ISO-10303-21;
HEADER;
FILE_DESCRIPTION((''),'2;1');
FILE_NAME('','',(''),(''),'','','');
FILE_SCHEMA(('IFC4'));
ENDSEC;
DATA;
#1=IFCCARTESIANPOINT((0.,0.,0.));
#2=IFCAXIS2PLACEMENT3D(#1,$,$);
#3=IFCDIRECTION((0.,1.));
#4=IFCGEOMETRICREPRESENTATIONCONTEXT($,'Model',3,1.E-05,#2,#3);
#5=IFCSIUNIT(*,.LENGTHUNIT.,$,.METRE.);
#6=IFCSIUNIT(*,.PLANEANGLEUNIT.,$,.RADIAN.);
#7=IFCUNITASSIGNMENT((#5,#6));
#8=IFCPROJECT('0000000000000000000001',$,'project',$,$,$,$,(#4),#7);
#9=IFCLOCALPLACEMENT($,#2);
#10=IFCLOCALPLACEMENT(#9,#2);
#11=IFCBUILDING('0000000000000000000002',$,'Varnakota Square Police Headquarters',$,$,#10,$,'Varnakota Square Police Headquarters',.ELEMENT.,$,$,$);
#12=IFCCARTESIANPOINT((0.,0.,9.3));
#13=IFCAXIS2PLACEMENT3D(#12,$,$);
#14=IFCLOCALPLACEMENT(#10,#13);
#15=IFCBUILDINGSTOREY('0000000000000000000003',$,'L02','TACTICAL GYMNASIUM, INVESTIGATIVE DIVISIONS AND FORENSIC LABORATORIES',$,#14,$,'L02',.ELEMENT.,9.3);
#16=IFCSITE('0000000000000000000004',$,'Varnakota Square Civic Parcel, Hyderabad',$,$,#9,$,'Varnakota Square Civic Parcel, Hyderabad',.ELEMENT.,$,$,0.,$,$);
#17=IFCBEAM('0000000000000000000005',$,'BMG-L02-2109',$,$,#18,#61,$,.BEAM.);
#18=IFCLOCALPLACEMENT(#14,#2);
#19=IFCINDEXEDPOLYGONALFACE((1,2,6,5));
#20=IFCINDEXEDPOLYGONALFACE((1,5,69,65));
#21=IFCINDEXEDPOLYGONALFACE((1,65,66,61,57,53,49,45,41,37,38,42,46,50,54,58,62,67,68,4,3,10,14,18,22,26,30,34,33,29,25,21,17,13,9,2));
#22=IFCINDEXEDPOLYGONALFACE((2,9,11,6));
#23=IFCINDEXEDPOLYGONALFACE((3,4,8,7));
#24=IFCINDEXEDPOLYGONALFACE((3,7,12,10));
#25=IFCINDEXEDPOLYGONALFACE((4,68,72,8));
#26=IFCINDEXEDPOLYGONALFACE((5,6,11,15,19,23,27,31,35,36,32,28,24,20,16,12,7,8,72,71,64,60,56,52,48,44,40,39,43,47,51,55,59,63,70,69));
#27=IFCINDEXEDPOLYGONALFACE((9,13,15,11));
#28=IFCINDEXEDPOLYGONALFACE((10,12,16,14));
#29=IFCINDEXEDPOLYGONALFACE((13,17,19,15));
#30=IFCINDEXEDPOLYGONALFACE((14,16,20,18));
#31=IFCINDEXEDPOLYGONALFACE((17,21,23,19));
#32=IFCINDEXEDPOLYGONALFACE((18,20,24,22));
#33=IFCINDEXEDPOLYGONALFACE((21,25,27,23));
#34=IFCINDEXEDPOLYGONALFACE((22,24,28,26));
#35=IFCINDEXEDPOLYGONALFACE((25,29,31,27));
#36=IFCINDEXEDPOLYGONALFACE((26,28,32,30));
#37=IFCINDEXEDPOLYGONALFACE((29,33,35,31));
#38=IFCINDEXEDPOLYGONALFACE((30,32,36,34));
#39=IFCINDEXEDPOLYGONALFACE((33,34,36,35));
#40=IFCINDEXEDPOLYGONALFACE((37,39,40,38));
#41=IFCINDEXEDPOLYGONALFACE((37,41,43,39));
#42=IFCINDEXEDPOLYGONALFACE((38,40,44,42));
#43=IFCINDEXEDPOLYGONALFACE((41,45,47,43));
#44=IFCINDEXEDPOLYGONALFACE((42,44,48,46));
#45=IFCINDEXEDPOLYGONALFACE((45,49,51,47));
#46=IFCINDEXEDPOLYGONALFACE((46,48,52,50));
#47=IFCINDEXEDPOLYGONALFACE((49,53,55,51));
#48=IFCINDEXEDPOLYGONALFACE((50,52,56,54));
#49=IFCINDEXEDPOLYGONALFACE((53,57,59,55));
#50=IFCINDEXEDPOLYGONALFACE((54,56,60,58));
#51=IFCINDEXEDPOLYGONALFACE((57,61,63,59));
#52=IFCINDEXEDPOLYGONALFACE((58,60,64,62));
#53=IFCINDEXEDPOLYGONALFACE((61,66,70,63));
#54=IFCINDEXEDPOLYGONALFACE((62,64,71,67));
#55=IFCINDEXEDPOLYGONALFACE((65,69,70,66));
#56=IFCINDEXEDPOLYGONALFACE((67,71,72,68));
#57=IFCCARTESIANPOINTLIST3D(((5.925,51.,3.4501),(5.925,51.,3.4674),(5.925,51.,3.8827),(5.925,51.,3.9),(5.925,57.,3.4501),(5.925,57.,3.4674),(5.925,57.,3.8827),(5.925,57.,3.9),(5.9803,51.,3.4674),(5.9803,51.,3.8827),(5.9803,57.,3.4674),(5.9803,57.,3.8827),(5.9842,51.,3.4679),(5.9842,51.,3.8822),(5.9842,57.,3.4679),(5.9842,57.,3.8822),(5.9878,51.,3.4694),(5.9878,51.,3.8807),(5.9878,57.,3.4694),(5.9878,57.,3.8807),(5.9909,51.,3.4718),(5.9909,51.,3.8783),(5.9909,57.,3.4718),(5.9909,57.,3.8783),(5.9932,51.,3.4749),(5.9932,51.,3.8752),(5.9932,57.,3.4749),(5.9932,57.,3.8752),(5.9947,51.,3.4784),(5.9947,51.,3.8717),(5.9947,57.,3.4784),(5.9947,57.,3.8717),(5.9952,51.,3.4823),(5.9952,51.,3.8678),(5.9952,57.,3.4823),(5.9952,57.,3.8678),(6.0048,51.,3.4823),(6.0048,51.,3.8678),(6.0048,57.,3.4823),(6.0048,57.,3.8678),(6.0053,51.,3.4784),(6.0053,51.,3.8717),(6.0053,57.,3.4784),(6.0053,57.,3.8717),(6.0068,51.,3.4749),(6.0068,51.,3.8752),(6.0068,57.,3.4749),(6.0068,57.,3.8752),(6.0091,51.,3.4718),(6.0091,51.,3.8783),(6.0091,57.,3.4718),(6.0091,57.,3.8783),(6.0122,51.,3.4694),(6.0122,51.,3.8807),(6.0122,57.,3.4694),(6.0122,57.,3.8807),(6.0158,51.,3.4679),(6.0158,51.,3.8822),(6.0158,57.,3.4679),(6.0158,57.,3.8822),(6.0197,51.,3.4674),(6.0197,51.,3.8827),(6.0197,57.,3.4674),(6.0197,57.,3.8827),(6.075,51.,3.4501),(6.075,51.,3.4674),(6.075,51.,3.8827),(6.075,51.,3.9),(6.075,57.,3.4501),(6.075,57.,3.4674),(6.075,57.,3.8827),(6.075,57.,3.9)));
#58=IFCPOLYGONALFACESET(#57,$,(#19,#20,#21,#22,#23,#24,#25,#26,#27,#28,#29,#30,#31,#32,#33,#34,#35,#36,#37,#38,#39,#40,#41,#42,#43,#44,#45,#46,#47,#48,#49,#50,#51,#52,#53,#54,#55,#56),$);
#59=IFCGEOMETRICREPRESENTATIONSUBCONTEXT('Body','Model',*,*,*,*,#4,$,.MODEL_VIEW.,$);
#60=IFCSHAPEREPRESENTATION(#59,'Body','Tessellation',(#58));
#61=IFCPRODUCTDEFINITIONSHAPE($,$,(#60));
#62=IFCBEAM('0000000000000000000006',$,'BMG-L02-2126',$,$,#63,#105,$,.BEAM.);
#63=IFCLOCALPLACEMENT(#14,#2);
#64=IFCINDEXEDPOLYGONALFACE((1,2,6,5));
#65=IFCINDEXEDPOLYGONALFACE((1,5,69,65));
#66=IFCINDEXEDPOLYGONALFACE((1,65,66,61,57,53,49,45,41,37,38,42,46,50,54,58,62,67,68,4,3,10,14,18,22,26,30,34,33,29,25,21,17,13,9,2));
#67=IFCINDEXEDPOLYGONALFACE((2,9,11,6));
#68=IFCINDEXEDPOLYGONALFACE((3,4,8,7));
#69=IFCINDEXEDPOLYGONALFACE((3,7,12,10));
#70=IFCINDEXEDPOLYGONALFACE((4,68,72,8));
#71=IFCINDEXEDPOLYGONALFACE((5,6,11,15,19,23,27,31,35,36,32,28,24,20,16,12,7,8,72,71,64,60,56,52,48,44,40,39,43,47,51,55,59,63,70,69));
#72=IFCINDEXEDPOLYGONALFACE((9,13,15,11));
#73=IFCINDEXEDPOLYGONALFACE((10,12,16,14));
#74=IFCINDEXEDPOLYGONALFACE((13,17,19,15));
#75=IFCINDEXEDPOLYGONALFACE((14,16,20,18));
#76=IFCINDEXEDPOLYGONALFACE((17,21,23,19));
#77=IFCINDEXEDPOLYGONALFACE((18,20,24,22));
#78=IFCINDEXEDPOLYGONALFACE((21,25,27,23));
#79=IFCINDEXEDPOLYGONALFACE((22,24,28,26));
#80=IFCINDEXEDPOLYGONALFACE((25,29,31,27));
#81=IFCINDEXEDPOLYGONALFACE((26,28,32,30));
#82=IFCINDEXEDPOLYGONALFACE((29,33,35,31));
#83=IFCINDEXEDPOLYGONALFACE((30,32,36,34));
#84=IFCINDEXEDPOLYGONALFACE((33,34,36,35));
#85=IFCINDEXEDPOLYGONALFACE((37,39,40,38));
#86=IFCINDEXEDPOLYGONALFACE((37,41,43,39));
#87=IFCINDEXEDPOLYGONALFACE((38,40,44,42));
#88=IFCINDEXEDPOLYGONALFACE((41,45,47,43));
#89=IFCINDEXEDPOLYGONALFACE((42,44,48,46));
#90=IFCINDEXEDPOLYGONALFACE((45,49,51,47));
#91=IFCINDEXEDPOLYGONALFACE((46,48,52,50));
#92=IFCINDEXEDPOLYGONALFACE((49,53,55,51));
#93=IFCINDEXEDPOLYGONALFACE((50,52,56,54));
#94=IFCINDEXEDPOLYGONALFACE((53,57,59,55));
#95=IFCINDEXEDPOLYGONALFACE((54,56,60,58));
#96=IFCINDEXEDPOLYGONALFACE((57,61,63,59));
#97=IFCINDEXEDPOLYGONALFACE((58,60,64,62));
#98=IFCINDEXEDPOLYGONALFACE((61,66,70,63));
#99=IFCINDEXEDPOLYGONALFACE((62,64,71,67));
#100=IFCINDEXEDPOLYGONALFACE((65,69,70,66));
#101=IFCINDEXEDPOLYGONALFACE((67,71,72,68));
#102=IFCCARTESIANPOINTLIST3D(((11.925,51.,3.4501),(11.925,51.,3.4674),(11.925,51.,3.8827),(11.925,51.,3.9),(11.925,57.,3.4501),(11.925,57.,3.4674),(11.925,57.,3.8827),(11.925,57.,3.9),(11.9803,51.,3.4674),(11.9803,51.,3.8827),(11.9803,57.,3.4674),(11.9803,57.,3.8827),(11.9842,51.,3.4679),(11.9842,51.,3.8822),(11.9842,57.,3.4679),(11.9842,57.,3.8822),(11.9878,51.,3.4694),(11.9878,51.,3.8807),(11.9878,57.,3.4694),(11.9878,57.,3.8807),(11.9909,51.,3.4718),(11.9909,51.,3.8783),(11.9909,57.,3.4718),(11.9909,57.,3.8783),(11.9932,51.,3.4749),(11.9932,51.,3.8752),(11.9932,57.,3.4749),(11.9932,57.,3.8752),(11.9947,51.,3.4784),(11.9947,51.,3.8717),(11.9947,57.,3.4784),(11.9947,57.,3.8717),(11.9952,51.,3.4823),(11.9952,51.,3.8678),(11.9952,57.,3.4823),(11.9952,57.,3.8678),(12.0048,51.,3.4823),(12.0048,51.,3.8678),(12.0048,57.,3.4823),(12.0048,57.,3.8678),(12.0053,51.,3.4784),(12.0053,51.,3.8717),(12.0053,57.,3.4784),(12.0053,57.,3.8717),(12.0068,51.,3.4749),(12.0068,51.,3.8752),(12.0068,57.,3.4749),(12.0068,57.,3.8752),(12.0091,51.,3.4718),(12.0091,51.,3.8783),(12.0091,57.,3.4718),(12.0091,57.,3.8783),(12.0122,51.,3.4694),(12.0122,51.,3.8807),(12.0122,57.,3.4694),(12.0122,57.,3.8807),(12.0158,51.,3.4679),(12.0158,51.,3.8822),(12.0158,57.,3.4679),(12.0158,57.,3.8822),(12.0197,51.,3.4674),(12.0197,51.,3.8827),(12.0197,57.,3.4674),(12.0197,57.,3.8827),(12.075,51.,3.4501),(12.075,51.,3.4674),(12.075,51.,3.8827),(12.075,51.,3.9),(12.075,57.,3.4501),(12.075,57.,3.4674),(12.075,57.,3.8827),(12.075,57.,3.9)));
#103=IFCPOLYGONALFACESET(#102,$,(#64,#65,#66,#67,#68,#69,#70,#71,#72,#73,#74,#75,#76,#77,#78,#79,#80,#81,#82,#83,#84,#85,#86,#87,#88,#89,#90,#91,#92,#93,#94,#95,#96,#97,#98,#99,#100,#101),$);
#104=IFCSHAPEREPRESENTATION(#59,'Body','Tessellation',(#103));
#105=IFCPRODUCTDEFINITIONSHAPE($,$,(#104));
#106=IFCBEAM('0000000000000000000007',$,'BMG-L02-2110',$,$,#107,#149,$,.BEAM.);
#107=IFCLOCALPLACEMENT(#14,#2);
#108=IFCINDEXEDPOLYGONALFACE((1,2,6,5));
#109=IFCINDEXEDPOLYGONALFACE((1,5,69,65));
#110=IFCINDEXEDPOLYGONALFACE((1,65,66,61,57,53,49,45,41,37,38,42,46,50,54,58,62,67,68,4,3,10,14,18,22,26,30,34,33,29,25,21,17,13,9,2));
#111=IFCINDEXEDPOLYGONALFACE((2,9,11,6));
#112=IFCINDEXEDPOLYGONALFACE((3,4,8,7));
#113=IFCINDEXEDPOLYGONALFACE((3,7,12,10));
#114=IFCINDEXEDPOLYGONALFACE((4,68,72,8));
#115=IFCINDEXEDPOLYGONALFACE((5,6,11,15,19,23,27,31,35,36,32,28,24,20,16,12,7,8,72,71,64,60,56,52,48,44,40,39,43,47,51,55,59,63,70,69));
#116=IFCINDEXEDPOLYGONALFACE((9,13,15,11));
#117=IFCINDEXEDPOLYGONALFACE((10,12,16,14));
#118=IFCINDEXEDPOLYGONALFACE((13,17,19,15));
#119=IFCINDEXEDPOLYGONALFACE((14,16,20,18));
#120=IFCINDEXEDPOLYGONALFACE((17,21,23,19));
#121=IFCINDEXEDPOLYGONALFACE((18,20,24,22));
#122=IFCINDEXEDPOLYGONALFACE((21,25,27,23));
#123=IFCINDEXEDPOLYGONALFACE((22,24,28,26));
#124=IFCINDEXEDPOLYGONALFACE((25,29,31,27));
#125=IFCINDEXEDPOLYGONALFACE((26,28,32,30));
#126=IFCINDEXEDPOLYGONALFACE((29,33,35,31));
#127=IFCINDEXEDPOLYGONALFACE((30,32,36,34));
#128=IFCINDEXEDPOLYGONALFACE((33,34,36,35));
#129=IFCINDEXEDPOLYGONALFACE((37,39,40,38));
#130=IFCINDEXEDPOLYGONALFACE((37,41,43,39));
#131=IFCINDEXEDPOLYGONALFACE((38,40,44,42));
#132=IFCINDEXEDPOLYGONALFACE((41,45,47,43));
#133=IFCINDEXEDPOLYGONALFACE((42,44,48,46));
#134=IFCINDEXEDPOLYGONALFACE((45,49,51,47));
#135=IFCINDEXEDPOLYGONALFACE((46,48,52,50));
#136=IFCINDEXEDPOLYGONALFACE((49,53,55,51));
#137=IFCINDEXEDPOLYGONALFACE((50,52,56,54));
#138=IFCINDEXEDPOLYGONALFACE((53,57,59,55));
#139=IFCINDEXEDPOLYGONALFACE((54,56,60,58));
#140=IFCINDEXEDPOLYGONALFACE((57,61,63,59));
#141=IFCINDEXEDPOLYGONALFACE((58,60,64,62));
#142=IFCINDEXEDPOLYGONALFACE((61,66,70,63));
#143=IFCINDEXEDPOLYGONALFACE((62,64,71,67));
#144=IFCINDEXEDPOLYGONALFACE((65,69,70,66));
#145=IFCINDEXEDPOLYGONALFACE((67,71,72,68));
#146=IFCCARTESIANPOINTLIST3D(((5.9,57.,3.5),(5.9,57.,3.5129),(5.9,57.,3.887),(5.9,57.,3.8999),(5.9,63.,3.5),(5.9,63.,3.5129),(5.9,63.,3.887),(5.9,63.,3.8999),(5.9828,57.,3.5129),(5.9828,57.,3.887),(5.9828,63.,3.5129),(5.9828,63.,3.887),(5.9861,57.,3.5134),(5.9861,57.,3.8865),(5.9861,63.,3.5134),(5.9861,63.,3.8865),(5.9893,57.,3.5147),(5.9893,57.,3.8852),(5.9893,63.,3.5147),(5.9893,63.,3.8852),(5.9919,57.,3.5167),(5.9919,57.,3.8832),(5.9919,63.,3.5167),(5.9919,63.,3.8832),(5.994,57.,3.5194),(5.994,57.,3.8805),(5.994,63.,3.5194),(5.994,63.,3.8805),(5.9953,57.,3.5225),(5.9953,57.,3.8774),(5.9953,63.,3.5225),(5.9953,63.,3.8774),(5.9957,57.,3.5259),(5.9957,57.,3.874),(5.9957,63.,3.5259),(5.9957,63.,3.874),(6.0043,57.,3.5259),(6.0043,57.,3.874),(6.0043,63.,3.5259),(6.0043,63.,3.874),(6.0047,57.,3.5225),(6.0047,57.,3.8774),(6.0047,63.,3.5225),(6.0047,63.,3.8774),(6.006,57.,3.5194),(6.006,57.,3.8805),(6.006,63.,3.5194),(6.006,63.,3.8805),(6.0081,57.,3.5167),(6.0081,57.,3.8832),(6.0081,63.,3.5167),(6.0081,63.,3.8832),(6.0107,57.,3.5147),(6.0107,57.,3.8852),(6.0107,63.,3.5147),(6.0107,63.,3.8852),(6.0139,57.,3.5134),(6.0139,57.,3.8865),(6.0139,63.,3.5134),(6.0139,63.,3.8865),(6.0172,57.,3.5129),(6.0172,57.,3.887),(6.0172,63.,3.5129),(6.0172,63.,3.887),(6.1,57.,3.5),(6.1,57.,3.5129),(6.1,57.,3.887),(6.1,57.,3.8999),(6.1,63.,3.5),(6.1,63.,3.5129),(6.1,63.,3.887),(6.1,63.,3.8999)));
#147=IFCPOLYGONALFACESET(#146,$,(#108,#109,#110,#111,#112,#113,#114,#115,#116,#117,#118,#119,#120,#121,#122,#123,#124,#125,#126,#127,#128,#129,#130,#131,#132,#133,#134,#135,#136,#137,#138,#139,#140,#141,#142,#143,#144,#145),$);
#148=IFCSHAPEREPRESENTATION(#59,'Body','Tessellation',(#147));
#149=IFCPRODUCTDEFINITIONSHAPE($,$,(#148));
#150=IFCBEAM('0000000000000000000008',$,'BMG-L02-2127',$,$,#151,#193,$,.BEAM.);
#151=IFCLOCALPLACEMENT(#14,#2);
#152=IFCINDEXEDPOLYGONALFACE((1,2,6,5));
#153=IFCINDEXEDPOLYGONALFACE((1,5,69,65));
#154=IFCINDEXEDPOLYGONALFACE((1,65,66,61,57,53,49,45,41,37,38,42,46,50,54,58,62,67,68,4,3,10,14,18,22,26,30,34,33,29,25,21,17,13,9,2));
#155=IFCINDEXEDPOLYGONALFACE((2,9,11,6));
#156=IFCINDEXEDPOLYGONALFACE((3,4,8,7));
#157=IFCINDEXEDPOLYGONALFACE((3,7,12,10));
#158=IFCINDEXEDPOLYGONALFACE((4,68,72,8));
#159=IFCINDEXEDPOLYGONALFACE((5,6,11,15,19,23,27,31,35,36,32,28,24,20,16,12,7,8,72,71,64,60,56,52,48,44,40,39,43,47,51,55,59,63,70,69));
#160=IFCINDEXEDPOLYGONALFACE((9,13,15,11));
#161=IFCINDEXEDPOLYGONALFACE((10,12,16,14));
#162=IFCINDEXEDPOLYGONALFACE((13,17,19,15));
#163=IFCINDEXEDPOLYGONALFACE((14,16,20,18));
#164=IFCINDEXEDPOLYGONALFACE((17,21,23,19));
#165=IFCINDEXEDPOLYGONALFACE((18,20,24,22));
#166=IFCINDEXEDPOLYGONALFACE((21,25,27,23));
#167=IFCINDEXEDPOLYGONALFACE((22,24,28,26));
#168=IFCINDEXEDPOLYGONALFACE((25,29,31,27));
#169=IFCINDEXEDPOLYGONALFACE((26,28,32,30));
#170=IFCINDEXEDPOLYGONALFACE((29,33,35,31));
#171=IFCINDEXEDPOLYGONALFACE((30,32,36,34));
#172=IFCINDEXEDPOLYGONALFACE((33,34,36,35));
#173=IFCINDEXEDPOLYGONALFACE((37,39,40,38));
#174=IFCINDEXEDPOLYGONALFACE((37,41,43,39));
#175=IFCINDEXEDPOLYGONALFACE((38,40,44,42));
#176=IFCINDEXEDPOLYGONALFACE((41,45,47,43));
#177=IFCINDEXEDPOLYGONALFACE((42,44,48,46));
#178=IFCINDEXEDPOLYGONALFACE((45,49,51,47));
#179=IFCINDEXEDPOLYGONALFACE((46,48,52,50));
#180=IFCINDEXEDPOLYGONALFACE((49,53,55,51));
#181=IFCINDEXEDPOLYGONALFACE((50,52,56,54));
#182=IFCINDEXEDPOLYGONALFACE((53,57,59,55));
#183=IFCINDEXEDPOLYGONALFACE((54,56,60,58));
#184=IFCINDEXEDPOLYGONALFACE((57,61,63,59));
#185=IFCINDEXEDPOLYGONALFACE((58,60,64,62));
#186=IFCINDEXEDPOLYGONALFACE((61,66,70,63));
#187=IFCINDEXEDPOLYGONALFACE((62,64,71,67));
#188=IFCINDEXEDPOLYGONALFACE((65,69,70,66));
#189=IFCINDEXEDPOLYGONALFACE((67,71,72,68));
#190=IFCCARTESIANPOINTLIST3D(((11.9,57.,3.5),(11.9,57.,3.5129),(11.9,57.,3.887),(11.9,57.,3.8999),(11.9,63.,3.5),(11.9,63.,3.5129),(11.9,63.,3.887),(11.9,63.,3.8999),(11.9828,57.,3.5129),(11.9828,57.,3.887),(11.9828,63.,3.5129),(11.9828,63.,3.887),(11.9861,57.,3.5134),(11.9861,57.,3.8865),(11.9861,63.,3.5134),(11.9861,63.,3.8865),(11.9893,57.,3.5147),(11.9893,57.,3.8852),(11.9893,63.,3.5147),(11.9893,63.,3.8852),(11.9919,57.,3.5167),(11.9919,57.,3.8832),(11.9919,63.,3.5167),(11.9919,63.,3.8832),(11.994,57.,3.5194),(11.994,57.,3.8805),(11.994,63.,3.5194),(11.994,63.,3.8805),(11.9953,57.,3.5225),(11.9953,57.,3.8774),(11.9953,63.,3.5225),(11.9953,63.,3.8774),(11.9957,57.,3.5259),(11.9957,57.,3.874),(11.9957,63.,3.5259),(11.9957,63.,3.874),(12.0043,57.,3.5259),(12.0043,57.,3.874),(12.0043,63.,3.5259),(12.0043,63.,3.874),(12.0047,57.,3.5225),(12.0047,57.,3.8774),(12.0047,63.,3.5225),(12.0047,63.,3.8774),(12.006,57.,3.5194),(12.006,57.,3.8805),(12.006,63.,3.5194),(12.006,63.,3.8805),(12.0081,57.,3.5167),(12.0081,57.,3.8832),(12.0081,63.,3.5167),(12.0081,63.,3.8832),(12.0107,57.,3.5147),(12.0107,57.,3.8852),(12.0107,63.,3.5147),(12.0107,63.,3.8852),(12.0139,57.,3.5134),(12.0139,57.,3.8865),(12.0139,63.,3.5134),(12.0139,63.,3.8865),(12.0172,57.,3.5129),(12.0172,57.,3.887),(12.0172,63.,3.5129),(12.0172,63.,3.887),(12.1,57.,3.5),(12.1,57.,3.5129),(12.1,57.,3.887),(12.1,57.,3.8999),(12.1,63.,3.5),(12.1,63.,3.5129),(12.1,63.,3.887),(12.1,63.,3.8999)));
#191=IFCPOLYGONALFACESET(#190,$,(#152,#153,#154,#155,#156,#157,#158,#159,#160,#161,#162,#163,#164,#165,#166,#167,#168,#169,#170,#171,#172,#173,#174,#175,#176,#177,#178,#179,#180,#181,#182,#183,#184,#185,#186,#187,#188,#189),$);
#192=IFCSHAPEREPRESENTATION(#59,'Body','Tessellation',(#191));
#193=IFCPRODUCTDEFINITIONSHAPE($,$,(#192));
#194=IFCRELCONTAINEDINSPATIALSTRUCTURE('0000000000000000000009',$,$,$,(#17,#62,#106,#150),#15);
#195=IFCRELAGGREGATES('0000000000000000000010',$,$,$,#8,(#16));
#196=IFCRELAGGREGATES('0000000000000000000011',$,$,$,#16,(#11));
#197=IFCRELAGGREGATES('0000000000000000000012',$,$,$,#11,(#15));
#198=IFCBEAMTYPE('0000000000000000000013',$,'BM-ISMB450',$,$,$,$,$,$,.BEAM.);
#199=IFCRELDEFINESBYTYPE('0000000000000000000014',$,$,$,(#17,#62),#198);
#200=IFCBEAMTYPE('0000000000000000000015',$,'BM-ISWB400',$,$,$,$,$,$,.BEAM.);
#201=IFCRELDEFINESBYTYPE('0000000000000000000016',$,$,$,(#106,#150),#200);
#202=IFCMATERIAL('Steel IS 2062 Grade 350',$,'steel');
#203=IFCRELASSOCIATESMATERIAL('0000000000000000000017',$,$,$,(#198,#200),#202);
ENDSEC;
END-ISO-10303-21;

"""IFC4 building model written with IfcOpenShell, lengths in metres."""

from ifc_helpers import new_model, si_unit, direction, frame, origin, origin_2d, place, context, subcontext, project, spatial, i_section, extrude, material, material_profile, profile_set, type_object, element, save


model = new_model("IFC4")

# Units and contexts
model_context = context("Model", 3, precision=1e-05, world=origin(), true_north=direction((0.0, 1.0)))
body_context = subcontext(model_context, "Body", "Model", "MODEL_VIEW")
ifc_project = project(units=[si_unit("LENGTHUNIT", "METRE"), si_unit("PLANEANGLEUNIT", "RADIAN")], contexts=[model_context])

# Site, building, storey
site_placement = place(None, origin())
site = spatial("IfcSite", under=ifc_project, at=site_placement, Name="Varnakota Square Civic Parcel, Hyderabad", LongName="Varnakota Square Civic Parcel, Hyderabad", CompositionType="ELEMENT", RefElevation=0.0)
building_placement = place(site_placement, origin())
building = spatial("IfcBuilding", under=site, at=building_placement, Name="Varnakota Square Police Headquarters", LongName="Varnakota Square Police Headquarters", CompositionType="ELEMENT")
storey_placement = place(building_placement, frame((0.0, 0.0, 9.3)))
storey = spatial("IfcBuildingStorey", under=building, at=storey_placement, Name="L02", Description="TACTICAL GYMNASIUM, INVESTIGATIVE DIVISIONS AND FORENSIC LABORATORIES", LongName="L02", CompositionType="ELEMENT", Elevation=9.3)

# Shared definitions
ifc_material_1 = material(Name="Steel IS 2062 Grade 350", Category="steel")

# Beams
ifc_material_profile_1 = material_profile(ifc_material_1, i_section(OverallWidth=0.1499, OverallDepth=0.45, WebThickness=0.0095, FlangeThickness=0.0173, FilletRadius=0.0149, at=origin_2d()), Name="ISMB 450")
ifc_profile_set_1 = profile_set([ifc_material_profile_1], Name="Steel IS 2062 Grade 350")
beam_type_1 = type_object("IfcBeamType", Name="BM-ISMB450", PredefinedType="BEAM", material=ifc_profile_set_1)
for number, where, z_axis, x_axis, name in (
    (1, (6.0, 51.0, 3.675), (0.0, 1.0, 0.0), (-1.0, 0.0, 0.0), "BMG-L02-2109"),
    (2, (12.0, 51.0, 3.675), (0.0, 1.0, 0.0), (-1.0, 0.0, 0.0), "BMG-L02-2126"),
):
    element("IfcBeam", number, at=place(storey_placement, frame(where, z_axis=z_axis, x_axis=x_axis)), inside=storey, type_object=beam_type_1, Name=name, PredefinedType="BEAM", context=body_context, shape_type="SweptSolid", body=[
        extrude(i_section(OverallWidth=0.1499, OverallDepth=0.45, WebThickness=0.0095, FlangeThickness=0.0173, FilletRadius=0.0149, at=origin_2d()), origin(), (0.0, 0.0, 1.0), 6.0),
    ])
ifc_material_profile_2 = material_profile(ifc_material_1, i_section(OverallWidth=0.2, OverallDepth=0.3999, WebThickness=0.0085, FlangeThickness=0.0129, FilletRadius=0.0129, at=origin_2d()), Name="ISWB 400")
ifc_profile_set_2 = profile_set([ifc_material_profile_2], Name="Steel IS 2062 Grade 350")
beam_type_2 = type_object("IfcBeamType", Name="BM-ISWB400", PredefinedType="BEAM", material=ifc_profile_set_2)
for number, where, z_axis, x_axis, name in (
    (3, (6.0, 57.0, 3.7), (0.0, 1.0, 0.0), (-1.0, 0.0, 0.0), "BMG-L02-2110"),
    (4, (12.0, 57.0, 3.7), (0.0, 1.0, 0.0), (-1.0, 0.0, 0.0), "BMG-L02-2127"),
):
    element("IfcBeam", number, at=place(storey_placement, frame(where, z_axis=z_axis, x_axis=x_axis)), inside=storey, type_object=beam_type_2, Name=name, PredefinedType="BEAM", context=body_context, shape_type="SweptSolid", body=[
        extrude(i_section(OverallWidth=0.2, OverallDepth=0.3999, WebThickness=0.0085, FlangeThickness=0.0129, FilletRadius=0.0129, at=origin_2d()), origin(), (0.0, 0.0, 1.0), 6.0),
    ])

save(model, "model.ifc")
